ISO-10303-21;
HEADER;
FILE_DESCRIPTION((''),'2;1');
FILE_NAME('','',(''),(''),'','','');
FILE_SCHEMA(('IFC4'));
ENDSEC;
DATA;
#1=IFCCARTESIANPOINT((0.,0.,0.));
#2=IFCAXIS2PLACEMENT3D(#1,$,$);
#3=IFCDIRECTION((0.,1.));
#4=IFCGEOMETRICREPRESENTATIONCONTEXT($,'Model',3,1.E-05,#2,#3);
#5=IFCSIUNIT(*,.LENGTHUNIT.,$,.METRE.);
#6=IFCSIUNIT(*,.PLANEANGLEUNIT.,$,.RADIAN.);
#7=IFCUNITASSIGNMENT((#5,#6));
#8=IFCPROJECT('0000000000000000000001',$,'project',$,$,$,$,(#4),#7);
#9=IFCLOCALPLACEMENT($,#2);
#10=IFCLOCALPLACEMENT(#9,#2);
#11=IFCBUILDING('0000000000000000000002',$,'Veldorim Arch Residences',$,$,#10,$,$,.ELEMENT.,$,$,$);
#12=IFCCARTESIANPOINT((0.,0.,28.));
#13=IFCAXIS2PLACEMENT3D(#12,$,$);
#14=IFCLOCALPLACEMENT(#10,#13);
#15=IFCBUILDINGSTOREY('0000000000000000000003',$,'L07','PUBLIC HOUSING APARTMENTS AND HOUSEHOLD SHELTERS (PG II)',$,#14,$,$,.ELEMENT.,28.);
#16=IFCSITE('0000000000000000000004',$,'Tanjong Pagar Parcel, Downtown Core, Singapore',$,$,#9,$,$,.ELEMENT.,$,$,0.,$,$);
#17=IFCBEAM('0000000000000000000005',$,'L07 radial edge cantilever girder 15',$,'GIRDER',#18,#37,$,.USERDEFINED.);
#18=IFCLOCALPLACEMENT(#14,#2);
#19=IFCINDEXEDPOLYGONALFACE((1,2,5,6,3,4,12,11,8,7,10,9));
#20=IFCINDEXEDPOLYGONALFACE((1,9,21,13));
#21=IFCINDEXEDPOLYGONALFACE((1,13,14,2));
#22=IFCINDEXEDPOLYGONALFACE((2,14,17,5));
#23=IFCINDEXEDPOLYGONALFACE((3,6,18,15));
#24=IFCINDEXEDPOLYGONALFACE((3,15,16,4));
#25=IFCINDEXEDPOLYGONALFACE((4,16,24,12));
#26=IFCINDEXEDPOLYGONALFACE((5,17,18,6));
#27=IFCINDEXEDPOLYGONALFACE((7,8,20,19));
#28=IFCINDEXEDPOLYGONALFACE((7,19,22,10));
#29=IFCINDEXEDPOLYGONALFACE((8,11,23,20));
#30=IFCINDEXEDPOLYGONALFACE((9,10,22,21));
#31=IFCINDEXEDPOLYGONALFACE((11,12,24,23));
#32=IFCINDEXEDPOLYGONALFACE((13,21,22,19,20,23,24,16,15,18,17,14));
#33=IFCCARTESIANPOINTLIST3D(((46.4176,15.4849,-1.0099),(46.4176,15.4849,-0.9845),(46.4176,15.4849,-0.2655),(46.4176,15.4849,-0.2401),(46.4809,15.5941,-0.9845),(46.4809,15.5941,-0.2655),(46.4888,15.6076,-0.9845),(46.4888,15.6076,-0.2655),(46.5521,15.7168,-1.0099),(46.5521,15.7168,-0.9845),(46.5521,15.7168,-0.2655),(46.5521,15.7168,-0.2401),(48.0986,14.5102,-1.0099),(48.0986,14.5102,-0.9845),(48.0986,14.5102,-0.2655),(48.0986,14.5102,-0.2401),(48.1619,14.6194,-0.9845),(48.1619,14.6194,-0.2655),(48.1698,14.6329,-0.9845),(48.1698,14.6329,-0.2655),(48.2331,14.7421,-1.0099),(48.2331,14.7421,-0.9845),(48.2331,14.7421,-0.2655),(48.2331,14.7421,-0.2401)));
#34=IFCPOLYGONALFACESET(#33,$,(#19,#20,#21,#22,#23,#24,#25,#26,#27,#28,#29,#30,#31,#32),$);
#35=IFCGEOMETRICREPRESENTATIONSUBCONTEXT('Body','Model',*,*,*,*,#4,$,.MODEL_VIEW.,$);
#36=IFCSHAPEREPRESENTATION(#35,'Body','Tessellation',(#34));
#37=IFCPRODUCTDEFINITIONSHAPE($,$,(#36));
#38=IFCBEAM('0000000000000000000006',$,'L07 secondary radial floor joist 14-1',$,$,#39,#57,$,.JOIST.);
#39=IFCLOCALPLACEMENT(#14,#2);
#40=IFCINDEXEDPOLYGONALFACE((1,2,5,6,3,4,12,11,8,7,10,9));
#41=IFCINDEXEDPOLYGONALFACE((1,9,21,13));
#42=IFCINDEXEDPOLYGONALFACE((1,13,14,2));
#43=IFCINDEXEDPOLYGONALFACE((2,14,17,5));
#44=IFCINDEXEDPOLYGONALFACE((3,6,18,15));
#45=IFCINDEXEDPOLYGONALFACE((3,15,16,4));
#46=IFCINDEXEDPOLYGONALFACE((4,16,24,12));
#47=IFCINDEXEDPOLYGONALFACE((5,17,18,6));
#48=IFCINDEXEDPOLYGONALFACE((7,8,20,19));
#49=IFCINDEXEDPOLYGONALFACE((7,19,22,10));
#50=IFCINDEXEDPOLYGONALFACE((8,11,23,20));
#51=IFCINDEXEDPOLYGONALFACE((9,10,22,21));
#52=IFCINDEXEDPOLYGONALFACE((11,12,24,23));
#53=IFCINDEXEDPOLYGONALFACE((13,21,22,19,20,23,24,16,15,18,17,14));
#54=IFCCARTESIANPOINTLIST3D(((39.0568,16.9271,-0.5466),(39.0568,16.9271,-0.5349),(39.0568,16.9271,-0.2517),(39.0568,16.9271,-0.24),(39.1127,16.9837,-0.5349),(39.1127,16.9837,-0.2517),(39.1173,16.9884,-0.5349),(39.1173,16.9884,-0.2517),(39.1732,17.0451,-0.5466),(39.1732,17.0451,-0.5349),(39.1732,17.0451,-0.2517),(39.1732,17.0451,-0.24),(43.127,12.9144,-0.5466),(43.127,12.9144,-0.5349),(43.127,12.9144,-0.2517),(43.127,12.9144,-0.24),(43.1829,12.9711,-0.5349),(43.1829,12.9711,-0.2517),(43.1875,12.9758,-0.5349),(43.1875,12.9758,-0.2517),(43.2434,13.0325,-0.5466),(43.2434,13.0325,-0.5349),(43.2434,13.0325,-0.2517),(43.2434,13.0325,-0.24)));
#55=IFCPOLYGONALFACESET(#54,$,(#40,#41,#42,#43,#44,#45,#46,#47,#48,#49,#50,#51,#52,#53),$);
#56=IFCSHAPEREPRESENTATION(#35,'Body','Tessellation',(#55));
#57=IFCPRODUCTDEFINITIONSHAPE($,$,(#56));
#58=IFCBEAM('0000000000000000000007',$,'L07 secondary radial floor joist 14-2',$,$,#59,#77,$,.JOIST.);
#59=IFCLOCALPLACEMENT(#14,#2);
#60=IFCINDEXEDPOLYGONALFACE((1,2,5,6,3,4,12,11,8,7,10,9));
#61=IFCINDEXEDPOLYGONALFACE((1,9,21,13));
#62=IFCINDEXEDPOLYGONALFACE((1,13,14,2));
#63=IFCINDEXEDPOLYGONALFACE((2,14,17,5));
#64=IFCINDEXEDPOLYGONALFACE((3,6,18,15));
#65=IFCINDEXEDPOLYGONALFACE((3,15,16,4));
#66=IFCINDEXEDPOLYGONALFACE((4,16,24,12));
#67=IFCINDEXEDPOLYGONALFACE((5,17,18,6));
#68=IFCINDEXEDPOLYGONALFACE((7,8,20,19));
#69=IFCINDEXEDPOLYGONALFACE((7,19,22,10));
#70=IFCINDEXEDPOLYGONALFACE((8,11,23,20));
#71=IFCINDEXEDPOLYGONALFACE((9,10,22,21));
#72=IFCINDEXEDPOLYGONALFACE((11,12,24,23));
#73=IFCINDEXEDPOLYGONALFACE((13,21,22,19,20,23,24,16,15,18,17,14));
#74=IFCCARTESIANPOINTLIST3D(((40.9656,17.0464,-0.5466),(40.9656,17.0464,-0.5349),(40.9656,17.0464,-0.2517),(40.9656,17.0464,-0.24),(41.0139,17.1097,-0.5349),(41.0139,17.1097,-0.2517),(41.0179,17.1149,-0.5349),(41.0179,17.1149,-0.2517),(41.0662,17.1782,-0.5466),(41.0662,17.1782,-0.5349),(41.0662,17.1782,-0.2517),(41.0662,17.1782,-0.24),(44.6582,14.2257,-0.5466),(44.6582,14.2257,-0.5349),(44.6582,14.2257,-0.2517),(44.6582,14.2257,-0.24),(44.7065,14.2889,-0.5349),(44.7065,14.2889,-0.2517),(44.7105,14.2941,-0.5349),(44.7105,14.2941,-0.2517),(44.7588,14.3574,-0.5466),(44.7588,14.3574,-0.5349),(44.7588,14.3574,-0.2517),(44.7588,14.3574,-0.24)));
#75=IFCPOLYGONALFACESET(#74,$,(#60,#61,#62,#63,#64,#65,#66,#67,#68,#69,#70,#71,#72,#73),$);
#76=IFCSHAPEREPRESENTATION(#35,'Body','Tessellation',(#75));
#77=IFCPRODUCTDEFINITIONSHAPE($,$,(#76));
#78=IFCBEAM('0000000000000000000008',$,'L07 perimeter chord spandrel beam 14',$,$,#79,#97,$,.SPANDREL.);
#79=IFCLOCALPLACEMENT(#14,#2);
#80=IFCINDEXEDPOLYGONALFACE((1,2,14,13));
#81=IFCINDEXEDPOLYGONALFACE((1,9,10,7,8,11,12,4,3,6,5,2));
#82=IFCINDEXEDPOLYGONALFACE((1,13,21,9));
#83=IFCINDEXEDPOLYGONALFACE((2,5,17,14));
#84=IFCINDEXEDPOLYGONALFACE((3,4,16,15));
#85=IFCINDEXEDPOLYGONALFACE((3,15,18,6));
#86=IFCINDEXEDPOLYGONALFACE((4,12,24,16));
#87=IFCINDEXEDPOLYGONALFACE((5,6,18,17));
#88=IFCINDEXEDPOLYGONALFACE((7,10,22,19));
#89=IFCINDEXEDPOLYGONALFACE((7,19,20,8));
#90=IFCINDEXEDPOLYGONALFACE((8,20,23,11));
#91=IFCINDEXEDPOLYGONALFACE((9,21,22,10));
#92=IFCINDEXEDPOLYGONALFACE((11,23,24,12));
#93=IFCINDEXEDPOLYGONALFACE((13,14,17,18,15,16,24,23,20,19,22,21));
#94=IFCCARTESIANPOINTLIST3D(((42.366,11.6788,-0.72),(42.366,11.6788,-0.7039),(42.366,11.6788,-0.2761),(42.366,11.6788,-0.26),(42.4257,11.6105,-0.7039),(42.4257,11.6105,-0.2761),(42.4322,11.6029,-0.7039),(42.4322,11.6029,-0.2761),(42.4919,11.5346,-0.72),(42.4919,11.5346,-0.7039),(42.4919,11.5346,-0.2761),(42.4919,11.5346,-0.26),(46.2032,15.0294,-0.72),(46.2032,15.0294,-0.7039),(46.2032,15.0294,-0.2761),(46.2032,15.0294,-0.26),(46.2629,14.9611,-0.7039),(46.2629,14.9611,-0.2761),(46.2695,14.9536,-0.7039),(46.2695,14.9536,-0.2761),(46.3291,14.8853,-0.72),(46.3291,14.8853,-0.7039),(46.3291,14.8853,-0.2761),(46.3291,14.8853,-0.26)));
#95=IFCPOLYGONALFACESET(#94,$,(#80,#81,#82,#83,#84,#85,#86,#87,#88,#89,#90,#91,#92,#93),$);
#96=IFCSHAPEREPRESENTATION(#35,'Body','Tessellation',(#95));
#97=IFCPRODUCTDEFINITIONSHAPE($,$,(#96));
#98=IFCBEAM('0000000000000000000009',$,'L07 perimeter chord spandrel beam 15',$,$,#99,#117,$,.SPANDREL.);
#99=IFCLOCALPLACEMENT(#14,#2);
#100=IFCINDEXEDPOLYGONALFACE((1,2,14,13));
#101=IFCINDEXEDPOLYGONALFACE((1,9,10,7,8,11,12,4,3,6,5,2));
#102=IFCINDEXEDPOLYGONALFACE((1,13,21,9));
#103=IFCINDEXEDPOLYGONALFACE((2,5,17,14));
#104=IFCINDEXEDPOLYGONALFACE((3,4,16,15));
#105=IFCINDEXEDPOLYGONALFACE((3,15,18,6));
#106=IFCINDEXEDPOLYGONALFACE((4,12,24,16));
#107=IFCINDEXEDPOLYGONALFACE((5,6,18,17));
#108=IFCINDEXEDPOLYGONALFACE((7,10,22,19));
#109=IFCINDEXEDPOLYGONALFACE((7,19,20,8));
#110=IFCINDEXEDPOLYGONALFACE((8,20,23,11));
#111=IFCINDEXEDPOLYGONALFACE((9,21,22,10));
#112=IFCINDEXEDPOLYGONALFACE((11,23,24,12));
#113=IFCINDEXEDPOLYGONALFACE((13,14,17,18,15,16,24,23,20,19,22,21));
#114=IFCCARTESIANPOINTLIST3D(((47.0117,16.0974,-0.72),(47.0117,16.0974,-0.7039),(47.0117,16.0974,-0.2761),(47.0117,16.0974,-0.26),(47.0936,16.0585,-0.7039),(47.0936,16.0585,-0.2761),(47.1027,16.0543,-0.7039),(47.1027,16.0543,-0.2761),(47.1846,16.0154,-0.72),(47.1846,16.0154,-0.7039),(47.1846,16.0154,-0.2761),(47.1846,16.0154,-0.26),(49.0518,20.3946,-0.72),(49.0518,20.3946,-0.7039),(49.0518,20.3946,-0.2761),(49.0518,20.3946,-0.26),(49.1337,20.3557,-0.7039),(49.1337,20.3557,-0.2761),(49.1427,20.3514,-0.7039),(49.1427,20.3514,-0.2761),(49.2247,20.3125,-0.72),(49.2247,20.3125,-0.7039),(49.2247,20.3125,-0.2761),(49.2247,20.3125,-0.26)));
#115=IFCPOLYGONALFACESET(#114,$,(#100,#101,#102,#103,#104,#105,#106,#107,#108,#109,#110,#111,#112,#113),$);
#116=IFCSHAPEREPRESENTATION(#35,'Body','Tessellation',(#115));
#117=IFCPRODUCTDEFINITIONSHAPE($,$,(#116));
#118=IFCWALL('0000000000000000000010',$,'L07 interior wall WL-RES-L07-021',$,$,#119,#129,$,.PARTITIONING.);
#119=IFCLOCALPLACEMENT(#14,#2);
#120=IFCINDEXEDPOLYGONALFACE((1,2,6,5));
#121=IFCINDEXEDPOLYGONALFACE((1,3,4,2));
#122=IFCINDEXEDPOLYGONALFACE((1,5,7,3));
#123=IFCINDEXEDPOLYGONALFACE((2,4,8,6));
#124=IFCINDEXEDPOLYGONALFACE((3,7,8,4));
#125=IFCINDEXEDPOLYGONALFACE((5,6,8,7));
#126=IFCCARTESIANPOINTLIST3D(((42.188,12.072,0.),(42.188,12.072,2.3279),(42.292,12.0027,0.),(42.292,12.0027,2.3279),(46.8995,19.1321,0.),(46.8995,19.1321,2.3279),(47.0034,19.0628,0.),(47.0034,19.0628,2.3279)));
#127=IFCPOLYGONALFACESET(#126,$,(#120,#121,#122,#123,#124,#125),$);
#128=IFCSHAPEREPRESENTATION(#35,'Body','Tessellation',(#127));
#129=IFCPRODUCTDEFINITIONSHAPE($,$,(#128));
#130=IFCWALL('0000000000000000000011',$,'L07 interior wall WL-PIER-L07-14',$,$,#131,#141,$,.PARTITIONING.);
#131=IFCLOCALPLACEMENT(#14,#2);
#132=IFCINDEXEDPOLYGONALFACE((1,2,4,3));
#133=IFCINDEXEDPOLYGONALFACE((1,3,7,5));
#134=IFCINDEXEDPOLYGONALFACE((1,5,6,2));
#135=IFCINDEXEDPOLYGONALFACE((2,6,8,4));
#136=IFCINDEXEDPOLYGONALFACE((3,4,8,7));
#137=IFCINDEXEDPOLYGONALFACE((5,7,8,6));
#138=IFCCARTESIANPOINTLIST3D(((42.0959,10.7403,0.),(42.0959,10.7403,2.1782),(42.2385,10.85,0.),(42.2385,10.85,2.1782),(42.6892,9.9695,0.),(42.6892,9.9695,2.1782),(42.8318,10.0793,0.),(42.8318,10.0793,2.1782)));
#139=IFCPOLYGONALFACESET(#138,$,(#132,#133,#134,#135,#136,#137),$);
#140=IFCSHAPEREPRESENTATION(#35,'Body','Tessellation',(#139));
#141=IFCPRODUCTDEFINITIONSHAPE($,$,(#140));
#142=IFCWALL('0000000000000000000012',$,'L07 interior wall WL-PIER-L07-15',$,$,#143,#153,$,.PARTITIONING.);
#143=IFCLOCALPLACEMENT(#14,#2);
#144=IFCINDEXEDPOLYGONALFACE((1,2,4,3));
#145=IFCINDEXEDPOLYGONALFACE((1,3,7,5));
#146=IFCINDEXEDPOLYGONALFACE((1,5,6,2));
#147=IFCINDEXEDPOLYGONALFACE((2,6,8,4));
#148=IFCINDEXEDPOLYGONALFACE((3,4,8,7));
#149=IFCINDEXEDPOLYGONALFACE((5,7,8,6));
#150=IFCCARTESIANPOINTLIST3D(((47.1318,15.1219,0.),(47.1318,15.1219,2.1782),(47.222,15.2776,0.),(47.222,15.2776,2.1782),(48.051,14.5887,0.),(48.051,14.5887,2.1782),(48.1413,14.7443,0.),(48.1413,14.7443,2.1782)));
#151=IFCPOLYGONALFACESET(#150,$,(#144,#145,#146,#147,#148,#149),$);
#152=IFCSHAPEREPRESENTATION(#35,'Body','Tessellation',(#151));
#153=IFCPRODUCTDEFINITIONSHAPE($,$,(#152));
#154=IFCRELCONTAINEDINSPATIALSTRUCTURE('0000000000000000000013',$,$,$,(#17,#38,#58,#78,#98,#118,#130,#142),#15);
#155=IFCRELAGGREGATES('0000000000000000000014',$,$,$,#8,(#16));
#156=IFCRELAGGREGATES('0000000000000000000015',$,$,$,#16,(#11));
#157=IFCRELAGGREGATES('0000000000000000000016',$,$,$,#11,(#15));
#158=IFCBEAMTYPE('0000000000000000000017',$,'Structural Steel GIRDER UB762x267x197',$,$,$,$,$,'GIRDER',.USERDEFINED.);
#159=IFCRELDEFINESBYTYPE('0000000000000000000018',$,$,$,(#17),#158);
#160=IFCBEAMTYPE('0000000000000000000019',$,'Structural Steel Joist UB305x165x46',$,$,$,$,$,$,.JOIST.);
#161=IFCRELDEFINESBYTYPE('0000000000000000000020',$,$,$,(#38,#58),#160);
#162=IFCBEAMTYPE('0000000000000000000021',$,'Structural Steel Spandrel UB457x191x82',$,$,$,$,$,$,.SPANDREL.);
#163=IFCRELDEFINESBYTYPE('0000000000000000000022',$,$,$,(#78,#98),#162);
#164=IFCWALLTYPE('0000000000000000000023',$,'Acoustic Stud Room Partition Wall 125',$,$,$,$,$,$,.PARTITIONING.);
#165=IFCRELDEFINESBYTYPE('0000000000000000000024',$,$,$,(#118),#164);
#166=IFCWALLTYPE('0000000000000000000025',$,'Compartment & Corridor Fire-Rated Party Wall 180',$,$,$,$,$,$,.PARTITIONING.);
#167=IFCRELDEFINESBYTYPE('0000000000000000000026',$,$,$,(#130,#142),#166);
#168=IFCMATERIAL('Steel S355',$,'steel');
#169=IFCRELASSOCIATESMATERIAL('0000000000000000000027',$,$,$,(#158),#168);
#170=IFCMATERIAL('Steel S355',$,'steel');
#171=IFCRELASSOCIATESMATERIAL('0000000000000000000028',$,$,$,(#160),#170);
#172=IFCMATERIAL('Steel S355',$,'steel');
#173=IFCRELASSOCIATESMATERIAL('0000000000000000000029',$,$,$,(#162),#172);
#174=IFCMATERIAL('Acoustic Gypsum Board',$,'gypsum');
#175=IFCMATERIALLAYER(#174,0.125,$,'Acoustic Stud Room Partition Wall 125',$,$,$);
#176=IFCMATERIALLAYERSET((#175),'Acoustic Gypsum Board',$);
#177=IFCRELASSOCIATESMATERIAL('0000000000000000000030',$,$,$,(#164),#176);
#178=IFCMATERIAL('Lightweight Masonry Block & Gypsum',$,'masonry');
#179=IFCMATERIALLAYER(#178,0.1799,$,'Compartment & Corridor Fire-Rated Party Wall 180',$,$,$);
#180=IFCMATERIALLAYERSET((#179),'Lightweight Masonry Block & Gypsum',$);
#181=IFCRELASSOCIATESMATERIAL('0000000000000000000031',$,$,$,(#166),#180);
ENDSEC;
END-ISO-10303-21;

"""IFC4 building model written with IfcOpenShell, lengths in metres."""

from ifc_helpers import new_model, si_unit, direction, frame, frame_2d, origin, origin_2d, place, context, subcontext, project, spatial, rectangle, i_section, extrude, material, layer, layer_set, material_profile, profile_set, type_object, element, save


model = new_model("IFC4")

# Units and contexts
model_context = context("Model", 3, precision=1e-05, world=origin(), true_north=direction((0.0, 1.0)))
body_context = subcontext(model_context, "Body", "Model", "MODEL_VIEW")
ifc_project = project(units=[si_unit("LENGTHUNIT", "METRE"), si_unit("PLANEANGLEUNIT", "RADIAN")], contexts=[model_context])

# Site, building, storey
site_placement = place(None, origin())
site = spatial("IfcSite", under=ifc_project, at=site_placement, Name="Tanjong Pagar Parcel, Downtown Core, Singapore", CompositionType="ELEMENT", RefElevation=0.0)
building_placement = place(site_placement, origin())
building = spatial("IfcBuilding", under=site, at=building_placement, Name="Veldorim Arch Residences", CompositionType="ELEMENT")
storey_placement = place(building_placement, frame((0.0, 0.0, 28.0)))
storey = spatial("IfcBuildingStorey", under=building, at=storey_placement, Name="L07", Description="PUBLIC HOUSING APARTMENTS AND HOUSEHOLD SHELTERS (PG II)", CompositionType="ELEMENT", Elevation=28.0)

# Beams
ifc_material_1 = material(Name="Steel S355", Category="steel")
ifc_material_profile_1 = material_profile(ifc_material_1, i_section(OverallWidth=0.2681, OverallDepth=0.7698, WebThickness=0.0156, FlangeThickness=0.0254, at=origin_2d()), Name="UB762x267x197")
ifc_profile_set_1 = profile_set([ifc_material_profile_1], Name="Steel S355")
beam_type_1 = type_object("IfcBeamType", Name="Structural Steel GIRDER UB762x267x197", ElementType="GIRDER", PredefinedType="USERDEFINED", material=ifc_profile_set_1)
beam_1_placement = place(storey_placement, frame((46.4849, 15.6008, -0.625), z_axis=(0.865102, -0.501596, 0.0), x_axis=(0.501596, 0.865102, 0.0)))
element("IfcBeam", 1, at=beam_1_placement, inside=storey, type_object=beam_type_1, Name="L07 radial edge cantilever girder 15", ObjectType="GIRDER", PredefinedType="USERDEFINED", context=body_context, shape_type="SweptSolid", body=[
    extrude(i_section(OverallWidth=0.2681, OverallDepth=0.7698, WebThickness=0.0156, FlangeThickness=0.0254, at=origin_2d()), origin(), (0.0, 0.0, 1.0), 1.9431),
])
ifc_material_2 = material(Name="Steel S355", Category="steel")
ifc_material_profile_2 = material_profile(ifc_material_2, i_section(OverallWidth=0.1658, OverallDepth=0.3066, WebThickness=0.0066, FlangeThickness=0.0117, at=origin_2d()), Name="UB305x165x46")
ifc_profile_set_2 = profile_set([ifc_material_profile_2], Name="Steel S355")
beam_type_2 = type_object("IfcBeamType", Name="Structural Steel Joist UB305x165x46", PredefinedType="JOIST", material=ifc_profile_set_2)
beam_2_placement = place(storey_placement, frame((39.115, 16.9861, -0.3933), z_axis=(0.712129, -0.702049, 0.0), x_axis=(0.702049, 0.712129, 0.0)))
element("IfcBeam", 2, at=beam_2_placement, inside=storey, type_object=beam_type_2, Name="L07 secondary radial floor joist 14-1", PredefinedType="JOIST", context=body_context, shape_type="SweptSolid", body=[
    extrude(i_section(OverallWidth=0.1658, OverallDepth=0.3066, WebThickness=0.0066, FlangeThickness=0.0117, at=origin_2d()), origin(), (0.0, 0.0, 1.0), 5.7156),
])
beam_3_placement = place(storey_placement, frame((41.0159, 17.1123, -0.3933), z_axis=(0.794666, -0.607046, 0.0), x_axis=(0.607046, 0.794666, 0.0)))
element("IfcBeam", 3, at=beam_3_placement, inside=storey, type_object=beam_type_2, Name="L07 secondary radial floor joist 14-2", PredefinedType="JOIST", context=body_context, shape_type="SweptSolid", body=[
    extrude(i_section(OverallWidth=0.1658, OverallDepth=0.3066, WebThickness=0.0066, FlangeThickness=0.0117, at=origin_2d()), origin(), (0.0, 0.0, 1.0), 4.6467),
])
ifc_material_3 = material(Name="Steel S355", Category="steel")
ifc_material_profile_3 = material_profile(ifc_material_3, i_section(OverallWidth=0.1914, OverallDepth=0.46, WebThickness=0.01, FlangeThickness=0.0161, at=origin_2d()), Name="UB457x191x82")
ifc_profile_set_3 = profile_set([ifc_material_profile_3], Name="Steel S355")
beam_type_3 = type_object("IfcBeamType", Name="Structural Steel Spandrel UB457x191x82", PredefinedType="SPANDREL", material=ifc_profile_set_3)
beam_4_placement = place(storey_placement, frame((42.429, 11.6067, -0.49), z_axis=(0.75325, 0.657734, 0.0), x_axis=(-0.657734, 0.75325, 0.0)))
element("IfcBeam", 4, at=beam_4_placement, inside=storey, type_object=beam_type_3, Name="L07 perimeter chord spandrel beam 14", PredefinedType="SPANDREL", context=body_context, shape_type="SweptSolid", body=[
    extrude(i_section(OverallWidth=0.1914, OverallDepth=0.46, WebThickness=0.01, FlangeThickness=0.0161, at=origin_2d()), origin(), (0.0, 0.0, 1.0), 5.0942),
])
beam_5_placement = place(storey_placement, frame((47.0981, 16.0564, -0.49), z_axis=(0.428869, 0.903366, 0.0), x_axis=(-0.903366, 0.428869, 0.0)))
element("IfcBeam", 5, at=beam_5_placement, inside=storey, type_object=beam_type_3, Name="L07 perimeter chord spandrel beam 15", PredefinedType="SPANDREL", context=body_context, shape_type="SweptSolid", body=[
    extrude(i_section(OverallWidth=0.1914, OverallDepth=0.46, WebThickness=0.01, FlangeThickness=0.0161, at=origin_2d()), origin(), (0.0, 0.0, 1.0), 4.7568),
])

# Walls
ifc_material_4 = material(Name="Acoustic Gypsum Board", Category="gypsum")
ifc_layer_1 = layer(ifc_material_4, 0.125, Name="Acoustic Stud Room Partition Wall 125")
ifc_layer_set_1 = layer_set([ifc_layer_1], Name="Acoustic Gypsum Board")
wall_type_1 = type_object("IfcWallType", Name="Acoustic Stud Room Partition Wall 125", PredefinedType="PARTITIONING", material=ifc_layer_set_1)
wall_1_placement = place(storey_placement, frame((42.24, 12.0374, 0.0), z_axis=(0.0, 0.0, 1.0), x_axis=(0.555085, 0.831794, 0.0)))
element("IfcWall", 6, at=wall_1_placement, inside=storey, type_object=wall_type_1, Name="L07 interior wall WL-RES-L07-021", PredefinedType="PARTITIONING", context=body_context, shape_type="SweptSolid", body=[
    extrude(rectangle(XDim=8.4878, YDim=0.125, at=frame_2d((4.2439, 0.0))), origin(), (0.0, 0.0, 1.0), 2.3279),
])
ifc_material_5 = material(Name="Lightweight Masonry Block & Gypsum", Category="masonry")
ifc_layer_2 = layer(ifc_material_5, 0.1799, Name="Compartment & Corridor Fire-Rated Party Wall 180")
ifc_layer_set_2 = layer_set([ifc_layer_2], Name="Lightweight Masonry Block & Gypsum")
wall_type_2 = type_object("IfcWallType", Name="Compartment & Corridor Fire-Rated Party Wall 180", PredefinedType="PARTITIONING", material=ifc_layer_set_2)
wall_2_placement = place(storey_placement, frame((42.1672, 10.7952, 0.0), z_axis=(0.0, 0.0, 1.0), x_axis=(0.609953, -0.792437, 0.0)))
element("IfcWall", 7, at=wall_2_placement, inside=storey, type_object=wall_type_2, Name="L07 interior wall WL-PIER-L07-14", PredefinedType="PARTITIONING", context=body_context, shape_type="SweptSolid", body=[
    extrude(rectangle(XDim=0.9727, YDim=0.1799, at=frame_2d((0.4863, 0.0))), origin(), (0.0, 0.0, 1.0), 2.1782),
])
wall_3_placement = place(storey_placement, frame((47.177, 15.1997, 0.0), z_axis=(0.0, 0.0, 1.0), x_axis=(0.865001, -0.50177, 0.0)))
element("IfcWall", 8, at=wall_3_placement, inside=storey, type_object=wall_type_2, Name="L07 interior wall WL-PIER-L07-15", PredefinedType="PARTITIONING", context=body_context, shape_type="SweptSolid", body=[
    extrude(rectangle(XDim=1.0627, YDim=0.1799, at=frame_2d((0.5312, 0.0))), origin(), (0.0, 0.0, 1.0), 2.1782),
])

save(model, "model.ifc")
